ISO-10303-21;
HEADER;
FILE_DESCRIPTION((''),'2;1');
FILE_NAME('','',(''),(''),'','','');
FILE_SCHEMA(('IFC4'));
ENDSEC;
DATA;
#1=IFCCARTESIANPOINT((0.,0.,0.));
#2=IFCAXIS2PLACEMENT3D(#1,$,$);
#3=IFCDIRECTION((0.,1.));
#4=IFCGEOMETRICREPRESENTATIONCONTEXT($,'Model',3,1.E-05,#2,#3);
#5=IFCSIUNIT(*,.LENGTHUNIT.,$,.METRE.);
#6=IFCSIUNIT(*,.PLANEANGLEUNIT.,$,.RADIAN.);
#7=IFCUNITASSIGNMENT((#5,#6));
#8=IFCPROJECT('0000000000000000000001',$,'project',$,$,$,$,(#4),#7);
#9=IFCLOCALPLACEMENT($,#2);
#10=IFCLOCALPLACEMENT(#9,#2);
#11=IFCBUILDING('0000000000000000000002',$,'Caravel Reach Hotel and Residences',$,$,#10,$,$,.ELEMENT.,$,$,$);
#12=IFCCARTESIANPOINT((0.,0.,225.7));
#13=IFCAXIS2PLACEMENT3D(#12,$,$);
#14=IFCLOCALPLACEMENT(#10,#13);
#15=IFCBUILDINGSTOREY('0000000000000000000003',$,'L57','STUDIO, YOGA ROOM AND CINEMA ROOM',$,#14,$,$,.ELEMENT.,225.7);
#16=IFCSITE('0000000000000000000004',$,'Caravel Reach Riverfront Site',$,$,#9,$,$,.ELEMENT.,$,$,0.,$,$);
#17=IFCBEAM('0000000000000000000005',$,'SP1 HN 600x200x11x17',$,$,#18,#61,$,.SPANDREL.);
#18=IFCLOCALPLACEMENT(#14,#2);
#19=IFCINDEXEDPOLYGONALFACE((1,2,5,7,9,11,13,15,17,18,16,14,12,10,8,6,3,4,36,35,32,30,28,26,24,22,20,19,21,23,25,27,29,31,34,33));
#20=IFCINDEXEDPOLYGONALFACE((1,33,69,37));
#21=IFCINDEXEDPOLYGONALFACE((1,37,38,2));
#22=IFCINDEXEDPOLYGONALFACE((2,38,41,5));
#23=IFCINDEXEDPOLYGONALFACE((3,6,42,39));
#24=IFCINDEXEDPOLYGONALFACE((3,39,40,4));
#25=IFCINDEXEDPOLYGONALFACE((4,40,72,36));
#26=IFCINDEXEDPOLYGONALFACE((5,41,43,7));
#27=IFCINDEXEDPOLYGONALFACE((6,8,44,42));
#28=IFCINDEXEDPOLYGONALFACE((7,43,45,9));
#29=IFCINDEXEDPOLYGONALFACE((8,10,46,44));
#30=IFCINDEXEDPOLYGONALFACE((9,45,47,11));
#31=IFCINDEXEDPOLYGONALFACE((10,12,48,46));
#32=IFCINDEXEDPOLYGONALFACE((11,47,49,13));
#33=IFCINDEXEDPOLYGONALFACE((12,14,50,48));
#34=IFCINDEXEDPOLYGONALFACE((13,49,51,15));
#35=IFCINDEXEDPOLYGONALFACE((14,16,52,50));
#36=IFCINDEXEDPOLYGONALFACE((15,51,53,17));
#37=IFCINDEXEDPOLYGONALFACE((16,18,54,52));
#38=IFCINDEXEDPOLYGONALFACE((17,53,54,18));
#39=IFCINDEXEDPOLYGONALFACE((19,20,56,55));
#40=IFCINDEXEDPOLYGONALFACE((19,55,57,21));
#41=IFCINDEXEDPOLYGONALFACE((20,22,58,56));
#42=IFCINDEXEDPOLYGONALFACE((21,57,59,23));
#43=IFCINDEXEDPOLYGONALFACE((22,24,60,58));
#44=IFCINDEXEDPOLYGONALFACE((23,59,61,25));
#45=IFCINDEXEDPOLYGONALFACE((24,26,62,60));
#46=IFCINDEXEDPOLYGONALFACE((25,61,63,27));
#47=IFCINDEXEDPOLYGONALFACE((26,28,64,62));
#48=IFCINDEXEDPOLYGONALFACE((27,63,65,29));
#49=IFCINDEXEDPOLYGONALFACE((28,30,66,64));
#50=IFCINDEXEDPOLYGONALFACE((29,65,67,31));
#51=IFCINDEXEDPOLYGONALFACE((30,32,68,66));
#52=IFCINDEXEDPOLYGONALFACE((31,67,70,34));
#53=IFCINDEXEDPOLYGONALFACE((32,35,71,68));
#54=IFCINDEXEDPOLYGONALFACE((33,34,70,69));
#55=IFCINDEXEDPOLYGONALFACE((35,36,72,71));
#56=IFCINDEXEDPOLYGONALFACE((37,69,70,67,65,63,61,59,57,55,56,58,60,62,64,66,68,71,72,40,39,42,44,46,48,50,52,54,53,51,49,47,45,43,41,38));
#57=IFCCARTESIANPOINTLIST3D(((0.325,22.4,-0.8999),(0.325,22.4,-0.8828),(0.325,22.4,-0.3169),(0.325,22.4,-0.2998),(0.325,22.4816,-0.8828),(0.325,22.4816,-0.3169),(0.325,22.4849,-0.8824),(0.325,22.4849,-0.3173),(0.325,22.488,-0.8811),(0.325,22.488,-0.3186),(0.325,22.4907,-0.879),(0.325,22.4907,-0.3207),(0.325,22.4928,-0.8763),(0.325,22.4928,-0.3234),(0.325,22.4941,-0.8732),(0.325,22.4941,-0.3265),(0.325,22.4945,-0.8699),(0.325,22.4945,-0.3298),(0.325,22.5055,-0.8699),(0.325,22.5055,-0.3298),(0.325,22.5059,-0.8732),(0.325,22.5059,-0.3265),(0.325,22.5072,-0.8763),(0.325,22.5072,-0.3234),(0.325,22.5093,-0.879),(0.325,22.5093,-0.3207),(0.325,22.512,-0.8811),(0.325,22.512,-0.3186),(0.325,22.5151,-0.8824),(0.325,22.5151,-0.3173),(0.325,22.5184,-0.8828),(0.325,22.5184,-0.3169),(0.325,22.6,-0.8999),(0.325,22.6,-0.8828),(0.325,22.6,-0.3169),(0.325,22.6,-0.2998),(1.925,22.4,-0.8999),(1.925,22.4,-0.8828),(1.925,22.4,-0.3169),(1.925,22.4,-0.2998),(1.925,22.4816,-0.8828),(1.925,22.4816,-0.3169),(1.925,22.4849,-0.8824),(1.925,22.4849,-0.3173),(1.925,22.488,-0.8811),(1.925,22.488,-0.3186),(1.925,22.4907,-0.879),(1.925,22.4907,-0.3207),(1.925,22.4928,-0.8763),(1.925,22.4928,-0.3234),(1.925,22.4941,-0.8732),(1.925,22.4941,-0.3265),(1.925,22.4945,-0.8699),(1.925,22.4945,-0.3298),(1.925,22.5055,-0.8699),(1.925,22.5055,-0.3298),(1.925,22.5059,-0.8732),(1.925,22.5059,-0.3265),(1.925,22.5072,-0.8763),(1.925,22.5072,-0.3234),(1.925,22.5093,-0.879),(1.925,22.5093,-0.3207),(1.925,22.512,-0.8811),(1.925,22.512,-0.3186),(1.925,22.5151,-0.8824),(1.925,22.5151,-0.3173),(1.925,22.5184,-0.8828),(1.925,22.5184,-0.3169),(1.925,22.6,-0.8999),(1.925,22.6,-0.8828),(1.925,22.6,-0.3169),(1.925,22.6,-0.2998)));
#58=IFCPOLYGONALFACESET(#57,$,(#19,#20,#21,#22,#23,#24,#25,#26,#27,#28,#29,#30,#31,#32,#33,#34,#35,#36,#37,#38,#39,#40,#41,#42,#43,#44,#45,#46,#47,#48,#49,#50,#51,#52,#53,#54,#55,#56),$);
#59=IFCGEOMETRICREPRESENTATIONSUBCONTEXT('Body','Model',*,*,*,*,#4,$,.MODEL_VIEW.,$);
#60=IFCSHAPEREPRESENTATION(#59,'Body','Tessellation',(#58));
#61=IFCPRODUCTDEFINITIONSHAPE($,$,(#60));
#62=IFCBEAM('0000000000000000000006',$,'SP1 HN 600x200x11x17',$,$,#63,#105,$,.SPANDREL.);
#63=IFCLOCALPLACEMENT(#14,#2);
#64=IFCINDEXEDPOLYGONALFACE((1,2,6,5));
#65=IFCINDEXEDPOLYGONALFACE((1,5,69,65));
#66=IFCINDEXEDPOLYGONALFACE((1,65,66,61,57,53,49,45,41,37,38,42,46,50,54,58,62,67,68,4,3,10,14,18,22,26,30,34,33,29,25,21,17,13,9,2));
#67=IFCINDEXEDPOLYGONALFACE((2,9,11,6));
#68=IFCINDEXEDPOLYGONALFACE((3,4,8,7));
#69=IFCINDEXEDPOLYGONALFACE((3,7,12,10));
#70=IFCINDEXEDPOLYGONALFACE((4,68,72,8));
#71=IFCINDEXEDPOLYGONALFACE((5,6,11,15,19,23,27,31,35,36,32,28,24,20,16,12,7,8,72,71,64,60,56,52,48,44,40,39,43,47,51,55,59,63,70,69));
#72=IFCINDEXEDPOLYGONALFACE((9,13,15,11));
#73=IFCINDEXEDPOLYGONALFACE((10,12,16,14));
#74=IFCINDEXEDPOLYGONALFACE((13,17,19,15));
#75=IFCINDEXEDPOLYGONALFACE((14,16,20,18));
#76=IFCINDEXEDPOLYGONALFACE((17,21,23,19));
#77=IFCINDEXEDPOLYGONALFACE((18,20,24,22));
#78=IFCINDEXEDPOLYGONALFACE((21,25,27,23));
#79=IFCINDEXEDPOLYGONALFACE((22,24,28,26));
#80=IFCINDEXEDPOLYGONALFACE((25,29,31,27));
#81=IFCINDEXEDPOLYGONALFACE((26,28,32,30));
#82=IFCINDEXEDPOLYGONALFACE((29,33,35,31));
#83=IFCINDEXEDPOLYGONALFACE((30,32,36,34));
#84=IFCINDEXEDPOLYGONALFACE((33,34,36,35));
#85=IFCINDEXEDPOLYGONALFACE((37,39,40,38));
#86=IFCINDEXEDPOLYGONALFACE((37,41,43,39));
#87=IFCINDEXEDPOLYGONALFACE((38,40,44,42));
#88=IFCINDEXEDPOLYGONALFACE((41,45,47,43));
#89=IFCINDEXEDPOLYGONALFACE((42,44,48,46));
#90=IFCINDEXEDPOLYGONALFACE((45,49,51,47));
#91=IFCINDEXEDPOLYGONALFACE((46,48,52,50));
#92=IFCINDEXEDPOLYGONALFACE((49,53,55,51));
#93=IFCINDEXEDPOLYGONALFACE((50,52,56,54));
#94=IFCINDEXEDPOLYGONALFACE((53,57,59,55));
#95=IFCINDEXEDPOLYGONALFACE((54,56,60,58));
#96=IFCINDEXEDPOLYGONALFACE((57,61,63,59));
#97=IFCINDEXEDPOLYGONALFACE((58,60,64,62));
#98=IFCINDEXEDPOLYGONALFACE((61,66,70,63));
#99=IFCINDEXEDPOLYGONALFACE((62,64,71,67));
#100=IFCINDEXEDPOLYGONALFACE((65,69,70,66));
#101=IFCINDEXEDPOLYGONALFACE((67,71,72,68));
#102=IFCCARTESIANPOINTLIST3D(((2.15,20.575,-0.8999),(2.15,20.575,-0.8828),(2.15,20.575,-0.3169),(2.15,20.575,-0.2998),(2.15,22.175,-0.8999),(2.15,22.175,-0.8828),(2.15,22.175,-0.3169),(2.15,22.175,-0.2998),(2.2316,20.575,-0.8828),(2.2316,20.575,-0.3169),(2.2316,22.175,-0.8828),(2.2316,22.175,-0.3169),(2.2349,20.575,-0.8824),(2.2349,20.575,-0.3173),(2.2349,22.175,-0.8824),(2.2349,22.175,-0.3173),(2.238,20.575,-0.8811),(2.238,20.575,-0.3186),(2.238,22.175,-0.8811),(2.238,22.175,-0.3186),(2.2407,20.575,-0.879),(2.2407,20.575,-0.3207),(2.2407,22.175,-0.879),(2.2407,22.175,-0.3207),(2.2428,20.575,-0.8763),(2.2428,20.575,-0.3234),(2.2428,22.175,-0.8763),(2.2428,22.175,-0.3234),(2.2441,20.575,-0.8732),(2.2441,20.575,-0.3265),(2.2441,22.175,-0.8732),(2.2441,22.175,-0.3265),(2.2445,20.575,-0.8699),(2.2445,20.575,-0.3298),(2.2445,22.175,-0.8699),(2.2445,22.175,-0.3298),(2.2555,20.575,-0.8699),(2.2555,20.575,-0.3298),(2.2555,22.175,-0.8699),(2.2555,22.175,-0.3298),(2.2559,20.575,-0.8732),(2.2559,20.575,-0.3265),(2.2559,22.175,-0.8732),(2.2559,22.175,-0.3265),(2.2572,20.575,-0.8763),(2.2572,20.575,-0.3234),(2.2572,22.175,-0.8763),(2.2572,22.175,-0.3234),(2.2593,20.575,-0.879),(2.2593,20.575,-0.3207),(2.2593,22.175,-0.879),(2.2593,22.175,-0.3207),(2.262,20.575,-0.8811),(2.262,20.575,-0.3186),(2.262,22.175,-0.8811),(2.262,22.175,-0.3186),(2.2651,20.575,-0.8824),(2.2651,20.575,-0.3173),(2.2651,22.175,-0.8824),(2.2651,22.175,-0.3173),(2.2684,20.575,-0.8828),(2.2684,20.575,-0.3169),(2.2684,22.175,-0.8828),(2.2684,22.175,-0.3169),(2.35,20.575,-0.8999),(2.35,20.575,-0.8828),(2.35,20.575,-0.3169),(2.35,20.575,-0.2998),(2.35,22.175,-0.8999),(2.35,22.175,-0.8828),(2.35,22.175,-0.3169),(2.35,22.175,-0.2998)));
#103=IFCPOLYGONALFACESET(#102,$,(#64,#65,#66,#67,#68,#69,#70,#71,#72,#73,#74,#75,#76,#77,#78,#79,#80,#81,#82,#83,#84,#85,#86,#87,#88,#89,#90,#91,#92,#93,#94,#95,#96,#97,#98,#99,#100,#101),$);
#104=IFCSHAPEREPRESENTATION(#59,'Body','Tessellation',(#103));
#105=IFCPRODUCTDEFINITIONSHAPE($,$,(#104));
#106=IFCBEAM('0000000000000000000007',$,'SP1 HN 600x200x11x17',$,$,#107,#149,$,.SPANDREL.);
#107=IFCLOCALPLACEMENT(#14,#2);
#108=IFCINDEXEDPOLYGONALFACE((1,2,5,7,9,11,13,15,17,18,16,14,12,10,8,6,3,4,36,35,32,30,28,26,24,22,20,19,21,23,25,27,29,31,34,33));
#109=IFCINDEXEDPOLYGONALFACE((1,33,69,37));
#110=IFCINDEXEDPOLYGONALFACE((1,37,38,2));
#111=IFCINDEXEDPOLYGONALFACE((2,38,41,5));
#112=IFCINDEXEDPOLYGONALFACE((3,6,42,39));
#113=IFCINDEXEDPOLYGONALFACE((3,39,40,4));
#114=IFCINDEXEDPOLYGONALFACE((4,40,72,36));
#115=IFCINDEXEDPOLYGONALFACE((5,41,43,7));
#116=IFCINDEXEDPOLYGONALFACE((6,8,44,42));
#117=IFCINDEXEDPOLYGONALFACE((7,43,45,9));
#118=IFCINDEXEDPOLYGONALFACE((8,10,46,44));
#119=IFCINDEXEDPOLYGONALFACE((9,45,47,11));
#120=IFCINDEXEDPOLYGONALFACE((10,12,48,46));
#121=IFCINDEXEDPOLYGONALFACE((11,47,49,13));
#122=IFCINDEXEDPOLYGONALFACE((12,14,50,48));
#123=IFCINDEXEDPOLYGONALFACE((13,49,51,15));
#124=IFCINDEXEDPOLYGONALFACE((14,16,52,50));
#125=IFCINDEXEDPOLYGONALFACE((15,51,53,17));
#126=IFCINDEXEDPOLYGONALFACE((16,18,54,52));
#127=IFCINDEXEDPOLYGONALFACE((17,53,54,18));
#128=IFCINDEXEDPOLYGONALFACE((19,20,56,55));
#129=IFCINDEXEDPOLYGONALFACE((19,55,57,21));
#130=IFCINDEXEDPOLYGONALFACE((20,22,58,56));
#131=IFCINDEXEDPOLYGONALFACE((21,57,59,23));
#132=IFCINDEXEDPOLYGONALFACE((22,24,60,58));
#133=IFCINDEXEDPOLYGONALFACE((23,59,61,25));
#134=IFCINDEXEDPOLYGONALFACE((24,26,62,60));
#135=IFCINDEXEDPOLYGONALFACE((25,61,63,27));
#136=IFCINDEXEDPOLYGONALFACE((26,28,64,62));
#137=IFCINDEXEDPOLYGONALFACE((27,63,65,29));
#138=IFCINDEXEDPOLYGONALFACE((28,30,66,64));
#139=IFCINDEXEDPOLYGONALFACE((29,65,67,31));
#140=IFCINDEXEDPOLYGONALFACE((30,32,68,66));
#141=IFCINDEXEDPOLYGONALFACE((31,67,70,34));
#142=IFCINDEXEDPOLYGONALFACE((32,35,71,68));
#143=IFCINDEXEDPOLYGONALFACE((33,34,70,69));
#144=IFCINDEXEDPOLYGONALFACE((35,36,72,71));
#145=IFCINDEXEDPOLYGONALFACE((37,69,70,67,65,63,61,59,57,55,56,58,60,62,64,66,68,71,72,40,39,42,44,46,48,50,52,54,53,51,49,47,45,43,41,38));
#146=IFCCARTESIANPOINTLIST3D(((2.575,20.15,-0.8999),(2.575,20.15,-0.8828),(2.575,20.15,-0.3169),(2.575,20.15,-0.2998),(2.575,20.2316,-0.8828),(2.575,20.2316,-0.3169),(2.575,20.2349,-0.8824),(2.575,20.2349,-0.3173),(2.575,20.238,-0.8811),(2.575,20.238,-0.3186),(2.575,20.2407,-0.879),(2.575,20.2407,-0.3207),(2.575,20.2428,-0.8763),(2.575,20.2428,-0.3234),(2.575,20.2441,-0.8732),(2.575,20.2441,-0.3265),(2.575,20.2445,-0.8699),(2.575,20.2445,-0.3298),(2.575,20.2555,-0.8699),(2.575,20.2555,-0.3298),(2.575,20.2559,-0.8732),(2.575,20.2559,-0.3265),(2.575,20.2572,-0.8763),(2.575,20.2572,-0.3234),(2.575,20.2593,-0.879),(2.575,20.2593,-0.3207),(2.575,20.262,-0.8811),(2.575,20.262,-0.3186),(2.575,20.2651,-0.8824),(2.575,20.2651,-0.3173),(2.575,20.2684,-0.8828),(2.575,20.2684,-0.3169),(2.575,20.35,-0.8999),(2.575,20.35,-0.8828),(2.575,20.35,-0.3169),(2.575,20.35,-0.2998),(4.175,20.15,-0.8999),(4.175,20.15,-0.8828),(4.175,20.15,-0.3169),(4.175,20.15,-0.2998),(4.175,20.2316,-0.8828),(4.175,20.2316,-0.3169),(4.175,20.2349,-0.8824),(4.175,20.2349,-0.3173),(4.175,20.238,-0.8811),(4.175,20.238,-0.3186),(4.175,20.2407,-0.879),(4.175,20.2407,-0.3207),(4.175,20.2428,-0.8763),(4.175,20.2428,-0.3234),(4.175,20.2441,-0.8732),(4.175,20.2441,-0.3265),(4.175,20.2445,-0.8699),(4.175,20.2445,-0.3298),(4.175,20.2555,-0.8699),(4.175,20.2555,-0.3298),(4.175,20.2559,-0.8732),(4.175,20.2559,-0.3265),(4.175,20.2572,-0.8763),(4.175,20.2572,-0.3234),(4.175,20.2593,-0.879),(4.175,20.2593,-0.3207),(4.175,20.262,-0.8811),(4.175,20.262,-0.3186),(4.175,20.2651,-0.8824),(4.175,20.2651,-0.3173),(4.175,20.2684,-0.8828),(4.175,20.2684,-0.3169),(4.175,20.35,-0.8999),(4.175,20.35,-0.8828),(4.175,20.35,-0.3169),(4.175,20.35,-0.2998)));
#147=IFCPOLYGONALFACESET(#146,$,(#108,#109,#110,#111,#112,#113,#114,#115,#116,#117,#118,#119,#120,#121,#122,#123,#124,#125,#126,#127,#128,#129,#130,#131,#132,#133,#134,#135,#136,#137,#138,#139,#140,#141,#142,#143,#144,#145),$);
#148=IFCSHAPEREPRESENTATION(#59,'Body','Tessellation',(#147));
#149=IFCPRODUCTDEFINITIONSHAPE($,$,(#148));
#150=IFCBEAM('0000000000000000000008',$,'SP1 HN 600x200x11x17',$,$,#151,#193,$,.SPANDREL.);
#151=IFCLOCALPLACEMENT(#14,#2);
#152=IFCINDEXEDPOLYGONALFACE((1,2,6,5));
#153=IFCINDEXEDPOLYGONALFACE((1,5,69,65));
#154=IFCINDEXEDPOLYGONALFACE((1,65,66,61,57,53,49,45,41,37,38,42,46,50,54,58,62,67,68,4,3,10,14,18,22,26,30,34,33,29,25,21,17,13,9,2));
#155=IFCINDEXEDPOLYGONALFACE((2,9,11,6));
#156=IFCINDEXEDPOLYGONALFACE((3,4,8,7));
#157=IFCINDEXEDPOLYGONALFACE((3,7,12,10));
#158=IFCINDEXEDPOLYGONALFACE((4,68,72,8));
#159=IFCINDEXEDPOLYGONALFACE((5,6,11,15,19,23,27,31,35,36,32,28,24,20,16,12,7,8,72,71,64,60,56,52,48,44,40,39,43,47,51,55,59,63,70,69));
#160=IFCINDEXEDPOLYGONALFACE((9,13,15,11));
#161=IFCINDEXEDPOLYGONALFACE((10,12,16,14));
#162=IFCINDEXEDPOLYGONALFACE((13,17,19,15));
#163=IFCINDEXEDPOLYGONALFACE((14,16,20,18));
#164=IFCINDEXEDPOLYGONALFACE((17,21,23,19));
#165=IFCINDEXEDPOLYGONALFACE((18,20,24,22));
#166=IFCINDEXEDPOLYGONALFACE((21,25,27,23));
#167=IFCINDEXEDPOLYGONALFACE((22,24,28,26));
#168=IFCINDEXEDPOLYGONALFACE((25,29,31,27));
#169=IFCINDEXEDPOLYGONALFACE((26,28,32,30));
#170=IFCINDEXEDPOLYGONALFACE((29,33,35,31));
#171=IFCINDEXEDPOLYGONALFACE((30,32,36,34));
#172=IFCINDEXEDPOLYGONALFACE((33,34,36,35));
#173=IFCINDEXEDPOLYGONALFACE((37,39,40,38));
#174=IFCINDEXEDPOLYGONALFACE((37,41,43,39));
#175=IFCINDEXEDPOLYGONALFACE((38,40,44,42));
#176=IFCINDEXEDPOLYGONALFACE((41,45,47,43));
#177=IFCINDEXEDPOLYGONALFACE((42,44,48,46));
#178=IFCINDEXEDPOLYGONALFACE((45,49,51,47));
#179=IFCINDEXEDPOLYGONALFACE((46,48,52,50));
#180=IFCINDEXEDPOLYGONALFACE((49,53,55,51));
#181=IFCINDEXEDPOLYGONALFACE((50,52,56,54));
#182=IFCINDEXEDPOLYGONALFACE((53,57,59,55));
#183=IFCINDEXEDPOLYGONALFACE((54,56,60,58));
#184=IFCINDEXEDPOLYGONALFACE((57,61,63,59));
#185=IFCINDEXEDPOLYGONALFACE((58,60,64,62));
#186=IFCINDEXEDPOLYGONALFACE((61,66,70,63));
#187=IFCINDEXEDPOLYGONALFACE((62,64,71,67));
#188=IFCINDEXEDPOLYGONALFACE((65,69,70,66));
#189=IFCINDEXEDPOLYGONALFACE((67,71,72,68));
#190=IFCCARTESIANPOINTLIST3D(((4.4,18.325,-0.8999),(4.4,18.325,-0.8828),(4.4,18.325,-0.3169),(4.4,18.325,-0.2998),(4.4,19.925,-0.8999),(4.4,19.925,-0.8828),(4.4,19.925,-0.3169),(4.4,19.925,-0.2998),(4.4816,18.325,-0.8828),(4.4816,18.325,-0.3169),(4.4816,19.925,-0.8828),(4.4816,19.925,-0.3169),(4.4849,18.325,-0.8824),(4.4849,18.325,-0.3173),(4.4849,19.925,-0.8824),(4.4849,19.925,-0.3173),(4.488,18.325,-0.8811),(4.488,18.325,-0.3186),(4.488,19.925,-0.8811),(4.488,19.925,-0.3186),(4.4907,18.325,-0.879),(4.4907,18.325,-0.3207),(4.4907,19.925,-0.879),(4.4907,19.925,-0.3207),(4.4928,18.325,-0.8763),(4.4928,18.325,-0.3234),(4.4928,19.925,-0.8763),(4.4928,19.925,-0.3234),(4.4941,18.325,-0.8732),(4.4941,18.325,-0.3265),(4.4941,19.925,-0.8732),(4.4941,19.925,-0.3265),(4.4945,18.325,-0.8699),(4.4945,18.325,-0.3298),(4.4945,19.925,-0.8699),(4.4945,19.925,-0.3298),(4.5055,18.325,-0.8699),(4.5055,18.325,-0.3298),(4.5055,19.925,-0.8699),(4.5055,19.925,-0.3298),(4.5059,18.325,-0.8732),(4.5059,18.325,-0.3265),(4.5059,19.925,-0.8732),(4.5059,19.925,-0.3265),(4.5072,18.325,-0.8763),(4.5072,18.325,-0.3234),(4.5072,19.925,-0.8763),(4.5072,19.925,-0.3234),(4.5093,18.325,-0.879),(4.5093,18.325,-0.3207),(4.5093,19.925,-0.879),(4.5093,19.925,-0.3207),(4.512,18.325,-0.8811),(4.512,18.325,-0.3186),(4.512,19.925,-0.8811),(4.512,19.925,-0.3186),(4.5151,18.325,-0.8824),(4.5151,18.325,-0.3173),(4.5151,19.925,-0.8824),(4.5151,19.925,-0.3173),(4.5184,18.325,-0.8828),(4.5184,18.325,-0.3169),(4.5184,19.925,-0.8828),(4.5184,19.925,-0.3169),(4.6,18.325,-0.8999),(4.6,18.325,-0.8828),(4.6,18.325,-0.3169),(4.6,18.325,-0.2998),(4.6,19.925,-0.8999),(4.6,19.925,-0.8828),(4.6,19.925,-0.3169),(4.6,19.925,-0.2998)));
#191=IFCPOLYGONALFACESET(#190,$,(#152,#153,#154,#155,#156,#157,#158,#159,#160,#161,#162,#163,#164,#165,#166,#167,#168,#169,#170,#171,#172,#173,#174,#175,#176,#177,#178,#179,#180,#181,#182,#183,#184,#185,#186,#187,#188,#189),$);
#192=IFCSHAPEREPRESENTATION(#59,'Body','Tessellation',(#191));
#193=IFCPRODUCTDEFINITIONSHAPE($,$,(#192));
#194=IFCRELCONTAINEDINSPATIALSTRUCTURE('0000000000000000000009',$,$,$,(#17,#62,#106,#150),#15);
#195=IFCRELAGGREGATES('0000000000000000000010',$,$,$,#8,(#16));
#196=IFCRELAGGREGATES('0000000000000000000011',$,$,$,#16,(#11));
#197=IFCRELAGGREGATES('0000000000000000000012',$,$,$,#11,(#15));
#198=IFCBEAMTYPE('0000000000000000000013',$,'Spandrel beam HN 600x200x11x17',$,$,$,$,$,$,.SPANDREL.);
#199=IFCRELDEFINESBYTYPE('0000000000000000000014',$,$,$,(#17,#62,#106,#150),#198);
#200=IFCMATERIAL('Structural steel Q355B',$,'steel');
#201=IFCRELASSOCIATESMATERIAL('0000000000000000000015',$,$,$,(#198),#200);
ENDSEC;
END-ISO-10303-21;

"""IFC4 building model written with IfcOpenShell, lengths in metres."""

from ifc_helpers import new_model, si_unit, direction, frame, origin, origin_2d, place, context, subcontext, project, spatial, i_section, extrude, material, material_profile, profile_set, type_object, element, save


model = new_model("IFC4")

# Units and contexts
model_context = context("Model", 3, precision=1e-05, world=origin(), true_north=direction((0.0, 1.0)))
body_context = subcontext(model_context, "Body", "Model", "MODEL_VIEW")
ifc_project = project(units=[si_unit("LENGTHUNIT", "METRE"), si_unit("PLANEANGLEUNIT", "RADIAN")], contexts=[model_context])

# Site, building, storey
site_placement = place(None, origin())
site = spatial("IfcSite", under=ifc_project, at=site_placement, Name="Caravel Reach Riverfront Site", CompositionType="ELEMENT", RefElevation=0.0)
building_placement = place(site_placement, origin())
building = spatial("IfcBuilding", under=site, at=building_placement, Name="Caravel Reach Hotel and Residences", CompositionType="ELEMENT")
storey_placement = place(building_placement, frame((0.0, 0.0, 225.7)))
storey = spatial("IfcBuildingStorey", under=building, at=storey_placement, Name="L57", Description="STUDIO, YOGA ROOM AND CINEMA ROOM", CompositionType="ELEMENT", Elevation=225.7)

# Beams
ifc_material_1 = material(Name="Structural steel Q355B", Category="steel")
ifc_material_profile_1 = material_profile(ifc_material_1, i_section(OverallWidth=0.2, OverallDepth=0.6001, WebThickness=0.011, FlangeThickness=0.0171, FilletRadius=0.0129, at=origin_2d()), Name="HN 600x200x11x17")
ifc_profile_set_1 = profile_set([ifc_material_profile_1], Name="Structural steel Q355B")
beam_type_1 = type_object("IfcBeamType", Name="Spandrel beam HN 600x200x11x17", PredefinedType="SPANDREL", material=ifc_profile_set_1)
for number, where, z_axis, x_axis, name in (
    (1, (0.325, 22.5, -0.5999), (1.0, 0.0, 0.0), (0.0, 1.0, 0.0), "SP1 HN 600x200x11x17"),
    (2, (2.25, 22.175, -0.5999), (0.0, -1.0, 0.0), (1.0, 0.0, 0.0), "SP1 HN 600x200x11x17"),
    (3, (2.575, 20.25, -0.5999), (1.0, 0.0, 0.0), (0.0, 1.0, 0.0), "SP1 HN 600x200x11x17"),
    (4, (4.5, 19.925, -0.5999), (0.0, -1.0, 0.0), (1.0, 0.0, 0.0), "SP1 HN 600x200x11x17"),
):
    element("IfcBeam", number, at=place(storey_placement, frame(where, z_axis=z_axis, x_axis=x_axis)), inside=storey, type_object=beam_type_1, Name=name, PredefinedType="SPANDREL", context=body_context, shape_type="SweptSolid", body=[
        extrude(i_section(OverallWidth=0.2, OverallDepth=0.6001, WebThickness=0.011, FlangeThickness=0.0171, FilletRadius=0.0129, at=origin_2d()), origin(), (0.0, 0.0, 1.0), 1.6001),
    ])

save(model, "model.ifc")
